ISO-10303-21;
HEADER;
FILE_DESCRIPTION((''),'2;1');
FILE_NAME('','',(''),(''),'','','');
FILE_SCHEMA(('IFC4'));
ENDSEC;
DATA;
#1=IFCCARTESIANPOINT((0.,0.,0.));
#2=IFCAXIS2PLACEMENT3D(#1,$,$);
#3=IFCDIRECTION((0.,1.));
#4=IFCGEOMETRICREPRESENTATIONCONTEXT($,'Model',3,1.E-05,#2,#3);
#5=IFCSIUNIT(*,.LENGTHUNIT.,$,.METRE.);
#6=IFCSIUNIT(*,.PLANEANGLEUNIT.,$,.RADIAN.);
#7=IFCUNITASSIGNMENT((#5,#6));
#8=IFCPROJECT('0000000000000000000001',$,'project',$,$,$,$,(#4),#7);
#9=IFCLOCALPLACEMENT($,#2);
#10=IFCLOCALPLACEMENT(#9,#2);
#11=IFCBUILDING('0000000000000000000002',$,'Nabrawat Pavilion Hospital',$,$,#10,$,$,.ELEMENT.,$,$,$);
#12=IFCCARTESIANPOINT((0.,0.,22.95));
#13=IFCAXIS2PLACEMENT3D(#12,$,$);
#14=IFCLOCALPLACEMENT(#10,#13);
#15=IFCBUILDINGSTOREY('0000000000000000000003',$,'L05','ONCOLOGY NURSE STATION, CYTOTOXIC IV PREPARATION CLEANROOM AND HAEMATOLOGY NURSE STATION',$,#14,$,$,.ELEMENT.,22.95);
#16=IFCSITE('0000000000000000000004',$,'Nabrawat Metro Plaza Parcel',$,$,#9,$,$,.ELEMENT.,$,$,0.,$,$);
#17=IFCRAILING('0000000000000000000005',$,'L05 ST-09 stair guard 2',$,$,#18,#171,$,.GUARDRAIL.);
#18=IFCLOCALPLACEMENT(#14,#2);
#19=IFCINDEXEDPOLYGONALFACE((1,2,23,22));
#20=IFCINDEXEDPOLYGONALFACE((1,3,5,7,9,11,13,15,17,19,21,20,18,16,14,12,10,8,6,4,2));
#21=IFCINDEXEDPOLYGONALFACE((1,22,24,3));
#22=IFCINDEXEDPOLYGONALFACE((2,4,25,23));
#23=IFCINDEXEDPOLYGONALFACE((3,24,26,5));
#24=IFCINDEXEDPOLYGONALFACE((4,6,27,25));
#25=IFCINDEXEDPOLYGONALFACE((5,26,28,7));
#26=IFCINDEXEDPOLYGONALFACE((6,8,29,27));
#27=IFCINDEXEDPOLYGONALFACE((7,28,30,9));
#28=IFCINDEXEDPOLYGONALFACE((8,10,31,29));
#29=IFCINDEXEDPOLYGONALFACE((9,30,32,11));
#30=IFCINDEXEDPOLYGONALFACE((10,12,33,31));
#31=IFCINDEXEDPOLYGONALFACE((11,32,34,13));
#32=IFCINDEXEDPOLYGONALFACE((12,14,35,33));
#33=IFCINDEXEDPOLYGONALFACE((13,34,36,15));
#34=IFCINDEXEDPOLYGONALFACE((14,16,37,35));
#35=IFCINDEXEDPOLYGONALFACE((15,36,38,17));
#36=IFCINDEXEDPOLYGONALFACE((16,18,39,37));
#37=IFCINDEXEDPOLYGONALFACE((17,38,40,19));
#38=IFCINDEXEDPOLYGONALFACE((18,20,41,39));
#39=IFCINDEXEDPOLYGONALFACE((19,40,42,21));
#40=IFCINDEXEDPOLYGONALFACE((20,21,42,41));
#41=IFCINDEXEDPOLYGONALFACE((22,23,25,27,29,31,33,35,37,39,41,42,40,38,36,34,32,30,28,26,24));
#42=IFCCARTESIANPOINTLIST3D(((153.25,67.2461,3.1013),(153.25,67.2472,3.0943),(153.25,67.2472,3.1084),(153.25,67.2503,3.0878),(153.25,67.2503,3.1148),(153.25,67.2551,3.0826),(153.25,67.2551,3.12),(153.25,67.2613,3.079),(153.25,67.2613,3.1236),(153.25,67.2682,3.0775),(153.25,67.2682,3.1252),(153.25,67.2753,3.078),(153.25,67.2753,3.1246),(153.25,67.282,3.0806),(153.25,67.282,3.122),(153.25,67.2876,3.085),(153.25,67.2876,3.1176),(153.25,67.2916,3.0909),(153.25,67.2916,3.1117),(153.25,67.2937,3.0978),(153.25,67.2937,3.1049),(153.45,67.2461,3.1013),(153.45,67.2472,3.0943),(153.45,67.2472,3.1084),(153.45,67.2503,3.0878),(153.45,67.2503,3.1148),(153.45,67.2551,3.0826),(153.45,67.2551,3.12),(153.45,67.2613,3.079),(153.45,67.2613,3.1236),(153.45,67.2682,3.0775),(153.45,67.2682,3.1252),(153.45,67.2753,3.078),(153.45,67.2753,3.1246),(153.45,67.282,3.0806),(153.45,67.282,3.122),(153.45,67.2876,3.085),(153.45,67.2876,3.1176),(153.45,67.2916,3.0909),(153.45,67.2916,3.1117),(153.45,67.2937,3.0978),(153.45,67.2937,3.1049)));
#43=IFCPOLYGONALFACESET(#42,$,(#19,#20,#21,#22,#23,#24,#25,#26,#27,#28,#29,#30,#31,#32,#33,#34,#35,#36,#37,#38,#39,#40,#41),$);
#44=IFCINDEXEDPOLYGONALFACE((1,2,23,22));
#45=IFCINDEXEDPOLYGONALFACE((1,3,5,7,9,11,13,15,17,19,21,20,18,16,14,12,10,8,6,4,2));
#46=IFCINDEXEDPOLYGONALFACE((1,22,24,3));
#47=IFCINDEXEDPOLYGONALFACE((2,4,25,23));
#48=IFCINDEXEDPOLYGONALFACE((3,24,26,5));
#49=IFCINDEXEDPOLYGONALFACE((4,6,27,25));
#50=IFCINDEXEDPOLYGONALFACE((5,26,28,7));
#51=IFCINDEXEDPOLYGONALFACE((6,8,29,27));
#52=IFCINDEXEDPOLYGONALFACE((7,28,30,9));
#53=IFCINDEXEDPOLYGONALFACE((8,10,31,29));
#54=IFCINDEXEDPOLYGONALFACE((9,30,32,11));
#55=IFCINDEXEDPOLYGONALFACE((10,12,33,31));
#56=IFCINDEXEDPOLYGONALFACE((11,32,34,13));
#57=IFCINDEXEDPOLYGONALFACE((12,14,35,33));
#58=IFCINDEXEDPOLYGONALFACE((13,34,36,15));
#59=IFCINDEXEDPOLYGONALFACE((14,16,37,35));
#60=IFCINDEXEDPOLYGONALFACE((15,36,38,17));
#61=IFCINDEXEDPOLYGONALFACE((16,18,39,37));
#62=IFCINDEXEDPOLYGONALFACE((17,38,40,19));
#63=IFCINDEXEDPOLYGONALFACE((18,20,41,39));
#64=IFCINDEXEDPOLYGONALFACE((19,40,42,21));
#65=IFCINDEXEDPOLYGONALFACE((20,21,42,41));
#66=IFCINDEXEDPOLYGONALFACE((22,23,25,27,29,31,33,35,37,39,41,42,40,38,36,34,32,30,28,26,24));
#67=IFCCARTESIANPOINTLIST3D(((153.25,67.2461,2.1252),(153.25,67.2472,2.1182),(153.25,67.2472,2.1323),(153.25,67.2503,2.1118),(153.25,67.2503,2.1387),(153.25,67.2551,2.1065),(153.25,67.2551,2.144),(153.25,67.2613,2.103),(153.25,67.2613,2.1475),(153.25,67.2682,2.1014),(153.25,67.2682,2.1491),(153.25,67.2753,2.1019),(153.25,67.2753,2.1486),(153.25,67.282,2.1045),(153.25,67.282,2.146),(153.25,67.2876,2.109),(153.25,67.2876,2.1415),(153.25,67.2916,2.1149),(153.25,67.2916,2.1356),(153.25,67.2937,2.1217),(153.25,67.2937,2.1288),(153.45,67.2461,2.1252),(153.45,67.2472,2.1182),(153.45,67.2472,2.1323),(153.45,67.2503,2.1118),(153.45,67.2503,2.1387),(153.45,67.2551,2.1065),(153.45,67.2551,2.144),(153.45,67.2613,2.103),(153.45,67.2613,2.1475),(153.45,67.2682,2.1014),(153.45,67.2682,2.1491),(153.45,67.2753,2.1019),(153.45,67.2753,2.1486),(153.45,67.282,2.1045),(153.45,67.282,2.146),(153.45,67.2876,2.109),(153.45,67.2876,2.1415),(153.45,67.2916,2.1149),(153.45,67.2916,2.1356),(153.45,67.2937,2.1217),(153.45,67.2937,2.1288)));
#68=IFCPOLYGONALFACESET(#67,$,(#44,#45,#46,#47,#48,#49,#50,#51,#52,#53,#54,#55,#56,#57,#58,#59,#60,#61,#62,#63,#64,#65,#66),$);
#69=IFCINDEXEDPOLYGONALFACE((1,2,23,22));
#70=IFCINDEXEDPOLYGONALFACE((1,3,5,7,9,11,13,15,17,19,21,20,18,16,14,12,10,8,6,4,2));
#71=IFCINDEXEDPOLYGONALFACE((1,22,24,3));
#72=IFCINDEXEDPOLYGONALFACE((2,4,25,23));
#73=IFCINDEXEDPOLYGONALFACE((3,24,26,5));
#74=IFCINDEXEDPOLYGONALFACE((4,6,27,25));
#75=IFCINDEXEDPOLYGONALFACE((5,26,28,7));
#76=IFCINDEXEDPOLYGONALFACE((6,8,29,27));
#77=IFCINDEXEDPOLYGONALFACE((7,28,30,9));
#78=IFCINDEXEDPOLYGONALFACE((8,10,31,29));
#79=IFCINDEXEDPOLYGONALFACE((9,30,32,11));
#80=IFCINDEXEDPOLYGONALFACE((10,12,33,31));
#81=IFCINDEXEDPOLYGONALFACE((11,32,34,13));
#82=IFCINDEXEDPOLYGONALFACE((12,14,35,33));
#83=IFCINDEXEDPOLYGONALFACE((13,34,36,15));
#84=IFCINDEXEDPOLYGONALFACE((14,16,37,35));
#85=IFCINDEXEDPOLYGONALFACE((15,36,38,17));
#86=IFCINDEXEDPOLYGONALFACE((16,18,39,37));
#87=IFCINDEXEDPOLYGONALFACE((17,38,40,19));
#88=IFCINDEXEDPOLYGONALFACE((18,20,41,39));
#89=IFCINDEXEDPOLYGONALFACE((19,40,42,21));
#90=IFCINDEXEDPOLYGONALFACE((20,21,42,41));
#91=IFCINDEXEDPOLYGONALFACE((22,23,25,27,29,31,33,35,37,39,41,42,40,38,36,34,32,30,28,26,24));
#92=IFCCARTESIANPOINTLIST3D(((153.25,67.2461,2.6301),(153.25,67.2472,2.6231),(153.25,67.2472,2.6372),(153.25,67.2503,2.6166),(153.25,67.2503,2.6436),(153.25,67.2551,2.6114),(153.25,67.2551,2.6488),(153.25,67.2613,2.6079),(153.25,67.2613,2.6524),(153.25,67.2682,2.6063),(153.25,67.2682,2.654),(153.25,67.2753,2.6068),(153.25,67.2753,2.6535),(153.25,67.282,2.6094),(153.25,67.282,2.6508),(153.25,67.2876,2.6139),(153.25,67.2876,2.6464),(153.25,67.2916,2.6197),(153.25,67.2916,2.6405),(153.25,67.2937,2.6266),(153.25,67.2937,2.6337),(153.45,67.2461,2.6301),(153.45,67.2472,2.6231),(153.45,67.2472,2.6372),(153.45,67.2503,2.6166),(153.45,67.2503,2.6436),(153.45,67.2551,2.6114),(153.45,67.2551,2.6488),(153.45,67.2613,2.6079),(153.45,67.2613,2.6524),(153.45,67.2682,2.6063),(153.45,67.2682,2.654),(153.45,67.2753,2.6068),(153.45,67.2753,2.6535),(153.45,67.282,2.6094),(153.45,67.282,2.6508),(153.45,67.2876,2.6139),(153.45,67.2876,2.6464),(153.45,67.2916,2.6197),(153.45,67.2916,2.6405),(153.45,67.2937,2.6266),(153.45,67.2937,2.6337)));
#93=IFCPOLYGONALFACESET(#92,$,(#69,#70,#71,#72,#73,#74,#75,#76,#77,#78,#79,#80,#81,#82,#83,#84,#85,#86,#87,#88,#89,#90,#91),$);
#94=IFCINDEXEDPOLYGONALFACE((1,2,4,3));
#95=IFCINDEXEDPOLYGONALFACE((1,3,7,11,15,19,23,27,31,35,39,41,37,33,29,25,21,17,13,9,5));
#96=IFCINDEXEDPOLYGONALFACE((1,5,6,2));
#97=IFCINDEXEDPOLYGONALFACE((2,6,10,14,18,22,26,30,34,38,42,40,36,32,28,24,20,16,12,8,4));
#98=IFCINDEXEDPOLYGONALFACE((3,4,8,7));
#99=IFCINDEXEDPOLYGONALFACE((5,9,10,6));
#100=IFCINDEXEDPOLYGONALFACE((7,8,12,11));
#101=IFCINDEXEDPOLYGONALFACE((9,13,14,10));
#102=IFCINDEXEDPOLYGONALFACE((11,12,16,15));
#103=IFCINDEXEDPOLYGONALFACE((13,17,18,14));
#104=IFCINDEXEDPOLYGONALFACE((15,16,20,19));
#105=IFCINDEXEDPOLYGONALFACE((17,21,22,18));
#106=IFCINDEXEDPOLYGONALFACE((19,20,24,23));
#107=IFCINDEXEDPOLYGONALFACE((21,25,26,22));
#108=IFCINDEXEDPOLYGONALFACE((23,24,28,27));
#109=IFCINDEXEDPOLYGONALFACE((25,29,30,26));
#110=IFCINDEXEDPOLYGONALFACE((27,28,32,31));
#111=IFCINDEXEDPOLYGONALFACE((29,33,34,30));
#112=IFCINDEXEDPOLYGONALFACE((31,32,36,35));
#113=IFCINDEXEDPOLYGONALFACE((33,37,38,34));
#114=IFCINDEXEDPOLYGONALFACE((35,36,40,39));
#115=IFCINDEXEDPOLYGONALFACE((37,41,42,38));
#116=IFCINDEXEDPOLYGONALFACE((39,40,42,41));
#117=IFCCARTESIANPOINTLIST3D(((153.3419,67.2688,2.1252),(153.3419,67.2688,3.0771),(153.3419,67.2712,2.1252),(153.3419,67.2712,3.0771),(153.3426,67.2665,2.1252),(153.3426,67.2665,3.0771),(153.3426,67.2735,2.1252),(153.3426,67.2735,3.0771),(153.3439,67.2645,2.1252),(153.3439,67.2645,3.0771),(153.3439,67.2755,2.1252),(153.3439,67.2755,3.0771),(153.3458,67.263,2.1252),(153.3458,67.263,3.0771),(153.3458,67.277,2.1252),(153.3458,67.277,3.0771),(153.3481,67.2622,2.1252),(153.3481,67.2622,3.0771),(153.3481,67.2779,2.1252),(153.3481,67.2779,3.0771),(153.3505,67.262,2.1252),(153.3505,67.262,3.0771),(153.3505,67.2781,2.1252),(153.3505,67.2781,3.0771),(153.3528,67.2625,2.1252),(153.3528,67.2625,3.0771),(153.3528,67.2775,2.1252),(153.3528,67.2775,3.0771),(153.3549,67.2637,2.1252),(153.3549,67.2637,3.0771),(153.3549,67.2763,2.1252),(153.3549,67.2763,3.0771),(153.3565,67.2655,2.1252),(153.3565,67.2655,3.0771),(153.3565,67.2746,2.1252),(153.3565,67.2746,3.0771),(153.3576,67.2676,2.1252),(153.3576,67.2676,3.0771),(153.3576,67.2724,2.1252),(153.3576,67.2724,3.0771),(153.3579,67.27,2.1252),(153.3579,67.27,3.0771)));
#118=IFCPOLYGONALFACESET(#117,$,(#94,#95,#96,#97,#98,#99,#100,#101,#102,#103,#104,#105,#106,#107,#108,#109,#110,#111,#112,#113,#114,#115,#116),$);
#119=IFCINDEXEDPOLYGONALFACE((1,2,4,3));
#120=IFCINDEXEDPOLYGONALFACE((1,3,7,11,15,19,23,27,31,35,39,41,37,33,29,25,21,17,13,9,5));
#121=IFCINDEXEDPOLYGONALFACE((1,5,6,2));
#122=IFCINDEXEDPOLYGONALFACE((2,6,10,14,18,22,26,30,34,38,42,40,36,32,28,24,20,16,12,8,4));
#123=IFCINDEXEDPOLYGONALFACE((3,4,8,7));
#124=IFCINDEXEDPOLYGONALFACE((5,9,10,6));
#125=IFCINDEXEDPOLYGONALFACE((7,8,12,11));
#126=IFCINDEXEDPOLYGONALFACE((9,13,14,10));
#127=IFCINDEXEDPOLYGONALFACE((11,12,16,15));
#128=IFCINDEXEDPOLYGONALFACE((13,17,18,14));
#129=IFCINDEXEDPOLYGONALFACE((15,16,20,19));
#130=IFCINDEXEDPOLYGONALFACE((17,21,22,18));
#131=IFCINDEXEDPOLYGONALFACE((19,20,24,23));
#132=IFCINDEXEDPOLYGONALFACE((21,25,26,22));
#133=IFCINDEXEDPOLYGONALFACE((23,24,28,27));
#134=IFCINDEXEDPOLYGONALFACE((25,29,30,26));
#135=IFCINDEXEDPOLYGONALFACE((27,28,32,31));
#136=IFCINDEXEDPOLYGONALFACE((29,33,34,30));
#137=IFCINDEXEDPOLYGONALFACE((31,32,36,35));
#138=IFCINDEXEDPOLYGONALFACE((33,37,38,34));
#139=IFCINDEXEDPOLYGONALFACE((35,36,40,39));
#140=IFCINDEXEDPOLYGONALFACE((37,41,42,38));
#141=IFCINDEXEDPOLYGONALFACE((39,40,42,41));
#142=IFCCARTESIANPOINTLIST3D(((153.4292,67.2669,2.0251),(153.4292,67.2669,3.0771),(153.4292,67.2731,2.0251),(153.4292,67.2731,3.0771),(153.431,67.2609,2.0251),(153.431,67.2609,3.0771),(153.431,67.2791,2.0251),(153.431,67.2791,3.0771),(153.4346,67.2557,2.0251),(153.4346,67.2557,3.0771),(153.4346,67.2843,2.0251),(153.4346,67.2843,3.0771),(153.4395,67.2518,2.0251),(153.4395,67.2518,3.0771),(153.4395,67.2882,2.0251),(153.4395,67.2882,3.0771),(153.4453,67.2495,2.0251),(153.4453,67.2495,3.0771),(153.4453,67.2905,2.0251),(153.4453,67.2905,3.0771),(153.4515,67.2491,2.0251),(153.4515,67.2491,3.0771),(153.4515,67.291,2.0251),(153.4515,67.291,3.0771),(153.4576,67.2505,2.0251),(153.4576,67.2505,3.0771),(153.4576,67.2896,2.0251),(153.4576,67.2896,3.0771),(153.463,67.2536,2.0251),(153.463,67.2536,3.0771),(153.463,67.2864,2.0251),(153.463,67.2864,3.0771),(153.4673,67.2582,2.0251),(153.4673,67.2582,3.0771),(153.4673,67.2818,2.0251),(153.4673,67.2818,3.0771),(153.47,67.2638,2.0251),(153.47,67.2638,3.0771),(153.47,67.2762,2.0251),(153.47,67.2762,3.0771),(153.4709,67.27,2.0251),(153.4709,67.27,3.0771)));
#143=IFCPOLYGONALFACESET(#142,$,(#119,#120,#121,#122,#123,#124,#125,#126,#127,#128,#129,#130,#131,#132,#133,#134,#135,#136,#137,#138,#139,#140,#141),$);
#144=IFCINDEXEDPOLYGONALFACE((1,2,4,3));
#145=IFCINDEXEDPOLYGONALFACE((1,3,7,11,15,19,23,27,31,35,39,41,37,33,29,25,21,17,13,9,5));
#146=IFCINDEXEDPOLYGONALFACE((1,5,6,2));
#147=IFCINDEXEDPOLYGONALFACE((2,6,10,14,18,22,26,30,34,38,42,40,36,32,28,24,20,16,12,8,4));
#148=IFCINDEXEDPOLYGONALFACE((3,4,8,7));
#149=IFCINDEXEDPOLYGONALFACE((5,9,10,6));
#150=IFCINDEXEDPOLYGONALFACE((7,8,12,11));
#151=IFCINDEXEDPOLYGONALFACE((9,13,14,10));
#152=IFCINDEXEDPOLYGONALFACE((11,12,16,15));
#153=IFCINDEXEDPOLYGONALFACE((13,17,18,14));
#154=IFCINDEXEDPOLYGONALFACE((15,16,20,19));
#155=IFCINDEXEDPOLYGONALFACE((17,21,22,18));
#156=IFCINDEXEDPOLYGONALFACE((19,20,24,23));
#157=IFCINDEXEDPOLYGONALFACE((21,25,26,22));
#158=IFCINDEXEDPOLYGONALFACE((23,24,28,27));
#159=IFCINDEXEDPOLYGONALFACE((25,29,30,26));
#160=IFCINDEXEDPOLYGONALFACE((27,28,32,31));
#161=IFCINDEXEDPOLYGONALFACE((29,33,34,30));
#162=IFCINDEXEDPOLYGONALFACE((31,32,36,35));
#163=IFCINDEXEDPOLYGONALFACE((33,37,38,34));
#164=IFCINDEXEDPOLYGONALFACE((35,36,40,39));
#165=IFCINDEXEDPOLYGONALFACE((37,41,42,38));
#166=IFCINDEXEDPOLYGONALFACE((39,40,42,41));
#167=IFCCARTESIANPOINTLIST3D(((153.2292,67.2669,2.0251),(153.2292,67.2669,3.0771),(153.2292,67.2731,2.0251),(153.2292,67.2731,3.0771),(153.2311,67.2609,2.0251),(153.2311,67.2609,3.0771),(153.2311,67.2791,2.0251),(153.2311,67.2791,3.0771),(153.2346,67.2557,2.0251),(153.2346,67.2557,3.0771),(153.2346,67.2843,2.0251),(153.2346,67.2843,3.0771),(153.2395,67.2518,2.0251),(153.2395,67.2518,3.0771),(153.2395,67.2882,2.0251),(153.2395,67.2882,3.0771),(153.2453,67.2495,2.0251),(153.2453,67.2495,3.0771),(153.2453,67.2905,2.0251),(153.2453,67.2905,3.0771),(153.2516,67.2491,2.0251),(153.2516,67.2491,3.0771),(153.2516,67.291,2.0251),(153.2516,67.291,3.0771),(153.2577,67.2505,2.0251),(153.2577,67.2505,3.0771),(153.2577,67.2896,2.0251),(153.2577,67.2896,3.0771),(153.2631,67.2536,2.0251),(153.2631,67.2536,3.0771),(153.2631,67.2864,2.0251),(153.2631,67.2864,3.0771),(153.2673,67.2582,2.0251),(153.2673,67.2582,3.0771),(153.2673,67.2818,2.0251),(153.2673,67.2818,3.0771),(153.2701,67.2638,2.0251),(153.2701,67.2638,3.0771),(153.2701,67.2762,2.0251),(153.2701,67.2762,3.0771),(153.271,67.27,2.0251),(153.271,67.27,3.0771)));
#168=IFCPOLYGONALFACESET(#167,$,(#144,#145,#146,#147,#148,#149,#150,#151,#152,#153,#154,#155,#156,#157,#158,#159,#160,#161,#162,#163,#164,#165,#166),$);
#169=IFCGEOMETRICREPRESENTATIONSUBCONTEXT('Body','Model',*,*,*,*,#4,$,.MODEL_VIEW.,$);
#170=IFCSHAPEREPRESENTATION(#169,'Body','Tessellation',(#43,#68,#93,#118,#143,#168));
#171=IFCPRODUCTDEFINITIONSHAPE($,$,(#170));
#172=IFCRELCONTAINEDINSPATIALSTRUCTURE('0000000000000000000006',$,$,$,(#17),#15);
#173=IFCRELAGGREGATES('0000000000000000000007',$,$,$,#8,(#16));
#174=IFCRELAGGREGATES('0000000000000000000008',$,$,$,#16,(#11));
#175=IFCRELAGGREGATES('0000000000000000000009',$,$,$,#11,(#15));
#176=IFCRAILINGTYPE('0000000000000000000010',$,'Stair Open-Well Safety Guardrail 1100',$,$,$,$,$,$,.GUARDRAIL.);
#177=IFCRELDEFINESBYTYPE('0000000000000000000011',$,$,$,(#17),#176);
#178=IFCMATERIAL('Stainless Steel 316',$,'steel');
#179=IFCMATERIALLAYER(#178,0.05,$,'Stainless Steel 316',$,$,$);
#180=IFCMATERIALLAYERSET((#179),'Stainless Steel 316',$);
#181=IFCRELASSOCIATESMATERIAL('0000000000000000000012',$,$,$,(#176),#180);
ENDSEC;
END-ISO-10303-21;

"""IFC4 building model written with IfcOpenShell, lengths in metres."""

from ifc_helpers import new_model, si_unit, direction, frame, origin, origin_2d, place, context, subcontext, project, spatial, circle, extrude, material, layer, layer_set, type_object, element, save


model = new_model("IFC4")

# Units and contexts
model_context = context("Model", 3, precision=1e-05, world=origin(), true_north=direction((0.0, 1.0)))
body_context = subcontext(model_context, "Body", "Model", "MODEL_VIEW")
ifc_project = project(units=[si_unit("LENGTHUNIT", "METRE"), si_unit("PLANEANGLEUNIT", "RADIAN")], contexts=[model_context])

# Site, building, storey
site_placement = place(None, origin())
site = spatial("IfcSite", under=ifc_project, at=site_placement, Name="Nabrawat Metro Plaza Parcel", CompositionType="ELEMENT", RefElevation=0.0)
building_placement = place(site_placement, origin())
building = spatial("IfcBuilding", under=site, at=building_placement, Name="Nabrawat Pavilion Hospital", CompositionType="ELEMENT")
storey_placement = place(building_placement, frame((0.0, 0.0, 22.95)))
storey = spatial("IfcBuildingStorey", under=building, at=storey_placement, Name="L05", Description="ONCOLOGY NURSE STATION, CYTOTOXIC IV PREPARATION CLEANROOM AND HAEMATOLOGY NURSE STATION", CompositionType="ELEMENT", Elevation=22.95)

# Railing
ifc_material_1 = material(Name="Stainless Steel 316", Category="steel")
ifc_layer_1 = layer(ifc_material_1, 0.05, Name="Stainless Steel 316")
ifc_layer_set_1 = layer_set([ifc_layer_1], Name="Stainless Steel 316")
railing_type_1 = type_object("IfcRailingType", Name="Stair Open-Well Safety Guardrail 1100", PredefinedType="GUARDRAIL", material=ifc_layer_set_1)
railing_1_placement = place(storey_placement, frame((153.45, 67.27, 2.0251)))
element("IfcRailing", 1, at=railing_1_placement, inside=storey, type_object=railing_type_1, Name="L05 ST-09 stair guard 2", PredefinedType="GUARDRAIL", context=body_context, shape_type="SweptSolid", body=[
    extrude(circle(Radius=0.0239, at=origin_2d()), frame((0.0, 0.0, 1.0762), z_axis=(-1.0, 0.0, 0.0), x_axis=(0.0, -1.0, 0.0)), (0.0, 0.0, 1.0), 0.2),
    extrude(circle(Radius=0.0239, at=origin_2d()), frame((0.0, 0.0, 0.1001), z_axis=(-1.0, 0.0, 0.0), x_axis=(0.0, -1.0, 0.0)), (0.0, 0.0, 1.0), 0.2),
    extrude(circle(Radius=0.0239, at=origin_2d()), frame((0.0, 0.0, 0.605), z_axis=(-1.0, 0.0, 0.0), x_axis=(0.0, -1.0, 0.0)), (0.0, 0.0, 1.0), 0.2),
    extrude(circle(Radius=0.0081, at=origin_2d()), frame((-0.1001, 0.0, 0.1001)), (0.0, 0.0, 1.0), 0.9519),
    extrude(circle(Radius=0.021, at=origin_2d()), origin(), (0.0, 0.0, 1.0), 1.052),
    extrude(circle(Radius=0.021, at=origin_2d()), frame((-0.2, 0.0, 0.0)), (0.0, 0.0, 1.0), 1.052),
])

save(model, "model.ifc")
